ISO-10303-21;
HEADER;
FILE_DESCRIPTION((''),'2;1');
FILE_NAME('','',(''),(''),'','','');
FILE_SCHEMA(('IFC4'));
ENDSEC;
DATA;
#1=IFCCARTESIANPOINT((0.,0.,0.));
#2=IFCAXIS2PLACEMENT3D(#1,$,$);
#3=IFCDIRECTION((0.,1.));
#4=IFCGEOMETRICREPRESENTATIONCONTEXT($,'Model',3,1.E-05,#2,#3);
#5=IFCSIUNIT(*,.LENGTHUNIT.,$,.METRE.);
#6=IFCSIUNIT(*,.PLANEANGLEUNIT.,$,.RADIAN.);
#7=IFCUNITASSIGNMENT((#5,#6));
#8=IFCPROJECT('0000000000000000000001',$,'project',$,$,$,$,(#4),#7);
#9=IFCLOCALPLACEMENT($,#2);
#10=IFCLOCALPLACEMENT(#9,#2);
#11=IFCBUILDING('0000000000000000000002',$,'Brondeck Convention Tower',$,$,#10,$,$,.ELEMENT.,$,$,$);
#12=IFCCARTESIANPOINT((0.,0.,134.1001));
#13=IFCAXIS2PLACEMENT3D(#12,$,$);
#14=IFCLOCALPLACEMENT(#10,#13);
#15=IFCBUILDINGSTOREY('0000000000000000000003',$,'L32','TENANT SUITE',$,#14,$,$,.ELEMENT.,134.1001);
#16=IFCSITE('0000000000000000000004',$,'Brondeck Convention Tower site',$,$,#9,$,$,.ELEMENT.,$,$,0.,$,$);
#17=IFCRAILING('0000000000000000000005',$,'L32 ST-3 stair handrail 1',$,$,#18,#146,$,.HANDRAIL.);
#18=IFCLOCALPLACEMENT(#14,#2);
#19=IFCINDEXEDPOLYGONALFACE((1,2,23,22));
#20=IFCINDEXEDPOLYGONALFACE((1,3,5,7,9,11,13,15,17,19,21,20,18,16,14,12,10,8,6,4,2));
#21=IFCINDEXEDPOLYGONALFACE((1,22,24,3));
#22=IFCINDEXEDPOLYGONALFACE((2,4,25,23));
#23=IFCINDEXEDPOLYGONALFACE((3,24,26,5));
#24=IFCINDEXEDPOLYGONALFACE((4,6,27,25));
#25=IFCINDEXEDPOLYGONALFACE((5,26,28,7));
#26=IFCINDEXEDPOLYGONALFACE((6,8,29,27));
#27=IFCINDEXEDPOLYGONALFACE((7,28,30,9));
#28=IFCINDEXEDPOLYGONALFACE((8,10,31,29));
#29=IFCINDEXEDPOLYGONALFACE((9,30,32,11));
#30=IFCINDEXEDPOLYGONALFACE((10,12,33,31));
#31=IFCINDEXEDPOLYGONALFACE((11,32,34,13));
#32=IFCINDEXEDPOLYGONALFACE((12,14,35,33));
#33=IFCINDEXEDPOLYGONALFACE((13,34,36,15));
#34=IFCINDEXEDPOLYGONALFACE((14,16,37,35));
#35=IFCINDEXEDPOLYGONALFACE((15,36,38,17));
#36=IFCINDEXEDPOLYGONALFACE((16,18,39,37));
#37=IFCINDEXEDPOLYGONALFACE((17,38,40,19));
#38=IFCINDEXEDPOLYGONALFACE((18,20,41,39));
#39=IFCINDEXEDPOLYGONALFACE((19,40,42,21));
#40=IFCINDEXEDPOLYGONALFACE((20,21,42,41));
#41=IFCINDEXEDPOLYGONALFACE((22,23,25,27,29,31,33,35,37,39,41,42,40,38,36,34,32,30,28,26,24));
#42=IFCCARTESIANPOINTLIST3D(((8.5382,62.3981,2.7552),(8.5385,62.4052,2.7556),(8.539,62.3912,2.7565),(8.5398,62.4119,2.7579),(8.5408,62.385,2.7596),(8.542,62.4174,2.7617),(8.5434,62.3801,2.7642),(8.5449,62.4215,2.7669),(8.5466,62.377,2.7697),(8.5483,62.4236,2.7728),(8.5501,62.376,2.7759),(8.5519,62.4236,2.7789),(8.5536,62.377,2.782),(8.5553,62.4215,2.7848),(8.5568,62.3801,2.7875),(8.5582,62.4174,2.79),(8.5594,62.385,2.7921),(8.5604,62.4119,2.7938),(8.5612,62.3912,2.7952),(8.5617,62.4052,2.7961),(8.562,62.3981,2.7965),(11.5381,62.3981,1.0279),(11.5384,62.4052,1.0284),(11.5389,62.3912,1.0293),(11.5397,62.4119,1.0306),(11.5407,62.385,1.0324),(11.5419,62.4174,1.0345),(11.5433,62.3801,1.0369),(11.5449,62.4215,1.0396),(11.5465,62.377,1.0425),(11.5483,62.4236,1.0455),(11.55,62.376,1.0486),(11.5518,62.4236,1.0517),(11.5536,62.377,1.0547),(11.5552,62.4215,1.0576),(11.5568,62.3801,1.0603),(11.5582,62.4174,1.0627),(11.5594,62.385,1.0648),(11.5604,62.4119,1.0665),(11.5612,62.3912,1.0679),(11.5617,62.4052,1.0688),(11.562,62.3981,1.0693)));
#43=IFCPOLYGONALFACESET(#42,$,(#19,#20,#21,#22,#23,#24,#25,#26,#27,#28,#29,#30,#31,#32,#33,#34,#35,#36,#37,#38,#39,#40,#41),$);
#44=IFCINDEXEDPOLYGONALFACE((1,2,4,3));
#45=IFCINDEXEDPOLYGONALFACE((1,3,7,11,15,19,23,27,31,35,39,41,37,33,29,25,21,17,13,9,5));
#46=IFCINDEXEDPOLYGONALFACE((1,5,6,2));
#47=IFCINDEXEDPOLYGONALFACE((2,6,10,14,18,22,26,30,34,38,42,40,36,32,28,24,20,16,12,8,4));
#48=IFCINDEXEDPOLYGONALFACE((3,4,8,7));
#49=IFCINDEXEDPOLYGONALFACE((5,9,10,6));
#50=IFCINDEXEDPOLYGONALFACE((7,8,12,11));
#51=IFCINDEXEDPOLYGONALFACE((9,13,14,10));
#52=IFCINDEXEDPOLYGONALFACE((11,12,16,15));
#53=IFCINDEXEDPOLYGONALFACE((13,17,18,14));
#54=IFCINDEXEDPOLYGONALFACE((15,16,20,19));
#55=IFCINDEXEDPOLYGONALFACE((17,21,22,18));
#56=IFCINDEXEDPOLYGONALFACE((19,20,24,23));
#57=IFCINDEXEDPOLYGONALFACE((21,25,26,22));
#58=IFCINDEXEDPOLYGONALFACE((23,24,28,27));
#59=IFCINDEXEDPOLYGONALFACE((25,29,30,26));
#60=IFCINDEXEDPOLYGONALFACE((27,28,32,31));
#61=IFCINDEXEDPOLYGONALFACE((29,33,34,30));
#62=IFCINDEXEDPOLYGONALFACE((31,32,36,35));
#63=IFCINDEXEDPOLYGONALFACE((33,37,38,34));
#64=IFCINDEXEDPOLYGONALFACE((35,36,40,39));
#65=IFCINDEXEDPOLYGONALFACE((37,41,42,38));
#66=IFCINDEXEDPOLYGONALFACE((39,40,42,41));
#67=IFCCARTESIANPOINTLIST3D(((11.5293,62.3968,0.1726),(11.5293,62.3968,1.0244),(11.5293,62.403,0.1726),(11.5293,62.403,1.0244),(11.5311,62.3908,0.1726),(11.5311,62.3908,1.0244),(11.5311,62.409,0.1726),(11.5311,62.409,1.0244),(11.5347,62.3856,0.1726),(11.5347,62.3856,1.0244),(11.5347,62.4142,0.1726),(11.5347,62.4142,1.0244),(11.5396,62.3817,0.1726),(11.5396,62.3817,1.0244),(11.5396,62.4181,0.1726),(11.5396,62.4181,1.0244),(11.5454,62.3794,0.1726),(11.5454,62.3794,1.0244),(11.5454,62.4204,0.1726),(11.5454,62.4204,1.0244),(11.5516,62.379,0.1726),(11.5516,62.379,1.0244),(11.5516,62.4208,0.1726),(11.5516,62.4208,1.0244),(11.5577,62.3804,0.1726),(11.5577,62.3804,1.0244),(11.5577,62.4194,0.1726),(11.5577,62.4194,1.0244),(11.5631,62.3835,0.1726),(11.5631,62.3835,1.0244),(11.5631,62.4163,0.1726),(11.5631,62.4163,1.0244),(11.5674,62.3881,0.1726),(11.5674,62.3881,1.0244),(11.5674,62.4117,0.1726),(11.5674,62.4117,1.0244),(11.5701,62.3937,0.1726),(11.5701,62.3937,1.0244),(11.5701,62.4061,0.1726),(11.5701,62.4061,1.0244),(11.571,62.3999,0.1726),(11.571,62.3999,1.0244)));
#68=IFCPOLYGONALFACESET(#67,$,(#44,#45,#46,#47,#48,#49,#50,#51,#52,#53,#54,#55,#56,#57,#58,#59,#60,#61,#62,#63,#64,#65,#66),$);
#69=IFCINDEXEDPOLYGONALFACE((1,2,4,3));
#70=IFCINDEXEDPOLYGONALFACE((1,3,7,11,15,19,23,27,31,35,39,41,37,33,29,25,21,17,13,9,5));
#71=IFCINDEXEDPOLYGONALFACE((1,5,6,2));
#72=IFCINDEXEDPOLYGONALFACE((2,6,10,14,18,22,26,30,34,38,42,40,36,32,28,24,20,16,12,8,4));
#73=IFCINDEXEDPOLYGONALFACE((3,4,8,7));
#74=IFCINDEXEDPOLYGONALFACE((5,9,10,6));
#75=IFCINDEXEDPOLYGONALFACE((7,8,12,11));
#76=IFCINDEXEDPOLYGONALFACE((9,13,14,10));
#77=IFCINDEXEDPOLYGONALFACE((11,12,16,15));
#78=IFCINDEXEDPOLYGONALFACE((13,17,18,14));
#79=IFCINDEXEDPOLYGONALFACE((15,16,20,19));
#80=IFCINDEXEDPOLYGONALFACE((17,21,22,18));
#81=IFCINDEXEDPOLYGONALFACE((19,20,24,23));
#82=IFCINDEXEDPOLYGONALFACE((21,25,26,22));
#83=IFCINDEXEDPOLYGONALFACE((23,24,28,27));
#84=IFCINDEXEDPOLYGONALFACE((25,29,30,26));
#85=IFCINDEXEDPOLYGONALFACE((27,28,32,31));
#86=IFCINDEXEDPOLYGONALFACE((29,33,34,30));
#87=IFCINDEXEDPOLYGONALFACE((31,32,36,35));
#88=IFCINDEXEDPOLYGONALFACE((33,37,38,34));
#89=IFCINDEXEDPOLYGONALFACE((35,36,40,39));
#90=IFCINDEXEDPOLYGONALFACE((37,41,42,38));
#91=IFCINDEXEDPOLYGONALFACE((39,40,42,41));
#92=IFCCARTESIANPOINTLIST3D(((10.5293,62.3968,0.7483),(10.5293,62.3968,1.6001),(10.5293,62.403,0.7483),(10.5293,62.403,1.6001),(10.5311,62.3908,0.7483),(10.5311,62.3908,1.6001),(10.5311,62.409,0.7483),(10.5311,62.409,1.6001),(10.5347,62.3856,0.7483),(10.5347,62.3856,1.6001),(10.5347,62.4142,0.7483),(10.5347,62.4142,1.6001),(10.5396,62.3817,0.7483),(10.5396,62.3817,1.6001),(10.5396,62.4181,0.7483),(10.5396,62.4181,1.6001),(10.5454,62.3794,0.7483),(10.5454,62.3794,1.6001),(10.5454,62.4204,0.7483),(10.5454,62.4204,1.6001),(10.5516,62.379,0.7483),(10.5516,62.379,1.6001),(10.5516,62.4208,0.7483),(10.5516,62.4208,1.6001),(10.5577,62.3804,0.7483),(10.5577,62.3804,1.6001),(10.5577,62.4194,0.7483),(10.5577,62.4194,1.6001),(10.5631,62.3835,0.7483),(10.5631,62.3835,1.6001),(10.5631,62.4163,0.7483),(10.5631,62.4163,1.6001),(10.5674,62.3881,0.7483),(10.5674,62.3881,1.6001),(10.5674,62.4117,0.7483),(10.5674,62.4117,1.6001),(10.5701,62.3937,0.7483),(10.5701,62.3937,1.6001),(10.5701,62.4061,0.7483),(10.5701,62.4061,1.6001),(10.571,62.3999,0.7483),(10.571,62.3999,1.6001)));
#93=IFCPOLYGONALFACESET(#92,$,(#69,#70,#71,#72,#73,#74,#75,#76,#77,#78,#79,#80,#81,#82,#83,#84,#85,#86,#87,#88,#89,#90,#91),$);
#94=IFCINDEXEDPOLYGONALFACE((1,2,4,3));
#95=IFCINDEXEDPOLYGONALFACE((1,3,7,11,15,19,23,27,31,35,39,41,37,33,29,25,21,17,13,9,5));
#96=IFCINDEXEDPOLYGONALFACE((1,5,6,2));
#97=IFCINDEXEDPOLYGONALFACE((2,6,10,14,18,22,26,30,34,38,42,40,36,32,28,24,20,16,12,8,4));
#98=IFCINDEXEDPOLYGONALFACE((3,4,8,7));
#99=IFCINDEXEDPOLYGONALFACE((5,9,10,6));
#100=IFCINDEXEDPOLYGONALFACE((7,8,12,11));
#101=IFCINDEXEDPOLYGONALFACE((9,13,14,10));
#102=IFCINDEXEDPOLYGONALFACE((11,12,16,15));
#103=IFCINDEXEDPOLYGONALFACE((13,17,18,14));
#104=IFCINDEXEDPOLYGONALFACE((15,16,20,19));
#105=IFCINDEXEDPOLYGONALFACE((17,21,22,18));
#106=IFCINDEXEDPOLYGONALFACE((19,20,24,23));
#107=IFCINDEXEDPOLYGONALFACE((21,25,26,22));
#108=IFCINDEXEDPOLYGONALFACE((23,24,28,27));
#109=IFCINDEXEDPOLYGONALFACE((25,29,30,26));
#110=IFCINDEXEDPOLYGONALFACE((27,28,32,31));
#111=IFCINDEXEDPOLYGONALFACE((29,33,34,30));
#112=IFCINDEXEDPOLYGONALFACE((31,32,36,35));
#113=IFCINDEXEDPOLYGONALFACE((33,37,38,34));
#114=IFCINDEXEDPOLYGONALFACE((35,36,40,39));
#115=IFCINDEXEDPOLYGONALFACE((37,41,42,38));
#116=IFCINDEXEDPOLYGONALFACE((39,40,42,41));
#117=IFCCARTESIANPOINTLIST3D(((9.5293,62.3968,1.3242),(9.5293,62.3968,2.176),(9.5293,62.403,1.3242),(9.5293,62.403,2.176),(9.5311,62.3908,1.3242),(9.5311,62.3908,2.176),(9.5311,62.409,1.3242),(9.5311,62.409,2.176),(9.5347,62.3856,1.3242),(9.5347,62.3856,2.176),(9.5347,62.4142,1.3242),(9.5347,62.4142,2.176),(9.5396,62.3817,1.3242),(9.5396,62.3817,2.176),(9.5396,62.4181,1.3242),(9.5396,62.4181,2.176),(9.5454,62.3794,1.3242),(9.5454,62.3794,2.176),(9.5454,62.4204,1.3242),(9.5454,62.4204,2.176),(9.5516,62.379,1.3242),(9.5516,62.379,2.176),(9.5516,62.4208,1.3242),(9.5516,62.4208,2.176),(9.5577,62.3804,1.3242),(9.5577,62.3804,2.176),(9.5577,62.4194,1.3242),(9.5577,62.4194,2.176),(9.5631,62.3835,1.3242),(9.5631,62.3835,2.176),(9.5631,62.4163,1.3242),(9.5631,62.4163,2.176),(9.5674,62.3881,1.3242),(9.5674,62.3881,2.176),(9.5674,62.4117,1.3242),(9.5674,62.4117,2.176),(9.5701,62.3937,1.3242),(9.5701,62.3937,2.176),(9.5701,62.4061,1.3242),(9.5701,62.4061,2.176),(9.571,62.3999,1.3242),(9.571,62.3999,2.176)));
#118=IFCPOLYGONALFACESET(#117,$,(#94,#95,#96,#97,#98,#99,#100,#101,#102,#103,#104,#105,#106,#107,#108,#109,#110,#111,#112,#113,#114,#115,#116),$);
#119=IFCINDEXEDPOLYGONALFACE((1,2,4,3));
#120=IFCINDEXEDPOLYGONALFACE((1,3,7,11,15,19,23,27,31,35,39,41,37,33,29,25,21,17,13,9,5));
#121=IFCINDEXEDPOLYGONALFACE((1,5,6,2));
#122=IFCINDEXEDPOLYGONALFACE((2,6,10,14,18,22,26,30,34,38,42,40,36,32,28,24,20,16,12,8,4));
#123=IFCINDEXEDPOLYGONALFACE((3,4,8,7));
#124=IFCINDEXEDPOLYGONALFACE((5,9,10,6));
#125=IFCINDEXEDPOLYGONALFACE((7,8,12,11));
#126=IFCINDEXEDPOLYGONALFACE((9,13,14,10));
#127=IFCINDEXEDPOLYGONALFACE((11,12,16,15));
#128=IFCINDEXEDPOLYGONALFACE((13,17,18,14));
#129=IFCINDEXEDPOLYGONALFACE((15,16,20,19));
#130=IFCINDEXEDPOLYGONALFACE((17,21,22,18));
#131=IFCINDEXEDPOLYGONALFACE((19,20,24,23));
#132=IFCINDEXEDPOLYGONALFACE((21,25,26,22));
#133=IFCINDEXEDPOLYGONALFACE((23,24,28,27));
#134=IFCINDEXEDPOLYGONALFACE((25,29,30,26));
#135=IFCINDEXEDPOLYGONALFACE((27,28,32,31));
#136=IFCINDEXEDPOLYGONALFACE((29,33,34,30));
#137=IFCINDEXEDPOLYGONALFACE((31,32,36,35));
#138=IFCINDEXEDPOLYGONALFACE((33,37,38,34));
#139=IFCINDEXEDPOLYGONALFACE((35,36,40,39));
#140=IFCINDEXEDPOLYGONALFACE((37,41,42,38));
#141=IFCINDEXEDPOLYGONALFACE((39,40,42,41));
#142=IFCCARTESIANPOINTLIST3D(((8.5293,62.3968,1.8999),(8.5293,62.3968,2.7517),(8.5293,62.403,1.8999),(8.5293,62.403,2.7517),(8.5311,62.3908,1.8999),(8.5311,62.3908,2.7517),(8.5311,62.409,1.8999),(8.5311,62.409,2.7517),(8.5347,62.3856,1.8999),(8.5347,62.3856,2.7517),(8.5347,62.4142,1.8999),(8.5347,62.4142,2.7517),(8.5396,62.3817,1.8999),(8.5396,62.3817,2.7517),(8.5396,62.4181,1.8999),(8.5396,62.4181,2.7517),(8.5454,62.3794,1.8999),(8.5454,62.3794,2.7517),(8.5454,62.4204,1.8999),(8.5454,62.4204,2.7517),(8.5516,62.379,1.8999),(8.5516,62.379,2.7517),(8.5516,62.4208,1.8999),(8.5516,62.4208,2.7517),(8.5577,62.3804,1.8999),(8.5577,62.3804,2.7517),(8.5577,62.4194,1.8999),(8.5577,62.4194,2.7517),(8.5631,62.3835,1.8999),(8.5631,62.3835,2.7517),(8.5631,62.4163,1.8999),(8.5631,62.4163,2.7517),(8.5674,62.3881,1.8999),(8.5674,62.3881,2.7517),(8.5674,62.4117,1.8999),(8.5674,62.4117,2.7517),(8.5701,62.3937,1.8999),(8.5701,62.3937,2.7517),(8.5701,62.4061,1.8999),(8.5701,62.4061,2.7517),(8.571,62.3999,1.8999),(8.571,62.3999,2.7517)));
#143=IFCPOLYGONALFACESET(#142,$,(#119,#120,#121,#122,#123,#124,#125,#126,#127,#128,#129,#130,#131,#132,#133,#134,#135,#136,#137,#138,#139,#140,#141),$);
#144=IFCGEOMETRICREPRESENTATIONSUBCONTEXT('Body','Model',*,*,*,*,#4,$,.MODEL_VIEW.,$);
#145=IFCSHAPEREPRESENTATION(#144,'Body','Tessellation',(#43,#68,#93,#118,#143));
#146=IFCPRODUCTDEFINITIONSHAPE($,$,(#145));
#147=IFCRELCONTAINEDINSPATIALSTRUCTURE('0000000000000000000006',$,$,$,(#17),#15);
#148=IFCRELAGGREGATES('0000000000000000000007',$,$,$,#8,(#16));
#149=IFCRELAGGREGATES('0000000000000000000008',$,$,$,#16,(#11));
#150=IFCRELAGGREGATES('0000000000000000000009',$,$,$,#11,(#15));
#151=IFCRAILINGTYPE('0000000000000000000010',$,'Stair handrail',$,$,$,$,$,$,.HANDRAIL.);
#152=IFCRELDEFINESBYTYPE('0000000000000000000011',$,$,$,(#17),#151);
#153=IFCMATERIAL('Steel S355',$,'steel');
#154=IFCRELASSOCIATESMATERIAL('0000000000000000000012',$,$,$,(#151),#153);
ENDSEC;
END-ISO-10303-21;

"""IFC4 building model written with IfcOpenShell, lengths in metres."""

from ifc_helpers import new_model, si_unit, direction, frame, origin, origin_2d, place, context, subcontext, project, spatial, circle, extrude, material, type_object, element, save


model = new_model("IFC4")

# Units and contexts
model_context = context("Model", 3, precision=1e-05, world=origin(), true_north=direction((0.0, 1.0)))
body_context = subcontext(model_context, "Body", "Model", "MODEL_VIEW")
ifc_project = project(units=[si_unit("LENGTHUNIT", "METRE"), si_unit("PLANEANGLEUNIT", "RADIAN")], contexts=[model_context])

# Site, building, storey
site_placement = place(None, origin())
site = spatial("IfcSite", under=ifc_project, at=site_placement, Name="Brondeck Convention Tower site", CompositionType="ELEMENT", RefElevation=0.0)
building_placement = place(site_placement, origin())
building = spatial("IfcBuilding", under=site, at=building_placement, Name="Brondeck Convention Tower", CompositionType="ELEMENT")
storey_placement = place(building_placement, frame((0.0, 0.0, 134.1001)))
storey = spatial("IfcBuildingStorey", under=building, at=storey_placement, Name="L32", Description="TENANT SUITE", CompositionType="ELEMENT", Elevation=134.1001)

# Railing
ifc_material_1 = material(Name="Steel S355", Category="steel")
railing_type_1 = type_object("IfcRailingType", Name="Stair handrail", PredefinedType="HANDRAIL", material=ifc_material_1)
railing_1_placement = place(storey_placement, frame((11.55, 62.3999, 0.1726)))
element("IfcRailing", 1, at=railing_1_placement, inside=storey, type_object=railing_type_1, Name="L32 ST-3 stair handrail 1", PredefinedType="HANDRAIL", context=body_context, shape_type="SweptSolid", body=[
    extrude(circle(Radius=0.0239, at=origin_2d()), frame((0.0, 0.0, 0.876), z_axis=(-0.86662, 0.0, 0.498969), x_axis=(0.0, -1.0, 0.0)), (0.0, 0.0, 1.0), 3.4617),
    extrude(circle(Radius=0.021, at=origin_2d()), origin(), (0.0, 0.0, 1.0), 0.8518),
    extrude(circle(Radius=0.021, at=origin_2d()), frame((-1.0, 0.0, 0.5757)), (0.0, 0.0, 1.0), 0.8518),
    extrude(circle(Radius=0.021, at=origin_2d()), frame((-2.0, 0.0, 1.1516)), (0.0, 0.0, 1.0), 0.8518),
    extrude(circle(Radius=0.021, at=origin_2d()), frame((-3.0, 0.0, 1.7273)), (0.0, 0.0, 1.0), 0.8518),
])

save(model, "model.ifc")
